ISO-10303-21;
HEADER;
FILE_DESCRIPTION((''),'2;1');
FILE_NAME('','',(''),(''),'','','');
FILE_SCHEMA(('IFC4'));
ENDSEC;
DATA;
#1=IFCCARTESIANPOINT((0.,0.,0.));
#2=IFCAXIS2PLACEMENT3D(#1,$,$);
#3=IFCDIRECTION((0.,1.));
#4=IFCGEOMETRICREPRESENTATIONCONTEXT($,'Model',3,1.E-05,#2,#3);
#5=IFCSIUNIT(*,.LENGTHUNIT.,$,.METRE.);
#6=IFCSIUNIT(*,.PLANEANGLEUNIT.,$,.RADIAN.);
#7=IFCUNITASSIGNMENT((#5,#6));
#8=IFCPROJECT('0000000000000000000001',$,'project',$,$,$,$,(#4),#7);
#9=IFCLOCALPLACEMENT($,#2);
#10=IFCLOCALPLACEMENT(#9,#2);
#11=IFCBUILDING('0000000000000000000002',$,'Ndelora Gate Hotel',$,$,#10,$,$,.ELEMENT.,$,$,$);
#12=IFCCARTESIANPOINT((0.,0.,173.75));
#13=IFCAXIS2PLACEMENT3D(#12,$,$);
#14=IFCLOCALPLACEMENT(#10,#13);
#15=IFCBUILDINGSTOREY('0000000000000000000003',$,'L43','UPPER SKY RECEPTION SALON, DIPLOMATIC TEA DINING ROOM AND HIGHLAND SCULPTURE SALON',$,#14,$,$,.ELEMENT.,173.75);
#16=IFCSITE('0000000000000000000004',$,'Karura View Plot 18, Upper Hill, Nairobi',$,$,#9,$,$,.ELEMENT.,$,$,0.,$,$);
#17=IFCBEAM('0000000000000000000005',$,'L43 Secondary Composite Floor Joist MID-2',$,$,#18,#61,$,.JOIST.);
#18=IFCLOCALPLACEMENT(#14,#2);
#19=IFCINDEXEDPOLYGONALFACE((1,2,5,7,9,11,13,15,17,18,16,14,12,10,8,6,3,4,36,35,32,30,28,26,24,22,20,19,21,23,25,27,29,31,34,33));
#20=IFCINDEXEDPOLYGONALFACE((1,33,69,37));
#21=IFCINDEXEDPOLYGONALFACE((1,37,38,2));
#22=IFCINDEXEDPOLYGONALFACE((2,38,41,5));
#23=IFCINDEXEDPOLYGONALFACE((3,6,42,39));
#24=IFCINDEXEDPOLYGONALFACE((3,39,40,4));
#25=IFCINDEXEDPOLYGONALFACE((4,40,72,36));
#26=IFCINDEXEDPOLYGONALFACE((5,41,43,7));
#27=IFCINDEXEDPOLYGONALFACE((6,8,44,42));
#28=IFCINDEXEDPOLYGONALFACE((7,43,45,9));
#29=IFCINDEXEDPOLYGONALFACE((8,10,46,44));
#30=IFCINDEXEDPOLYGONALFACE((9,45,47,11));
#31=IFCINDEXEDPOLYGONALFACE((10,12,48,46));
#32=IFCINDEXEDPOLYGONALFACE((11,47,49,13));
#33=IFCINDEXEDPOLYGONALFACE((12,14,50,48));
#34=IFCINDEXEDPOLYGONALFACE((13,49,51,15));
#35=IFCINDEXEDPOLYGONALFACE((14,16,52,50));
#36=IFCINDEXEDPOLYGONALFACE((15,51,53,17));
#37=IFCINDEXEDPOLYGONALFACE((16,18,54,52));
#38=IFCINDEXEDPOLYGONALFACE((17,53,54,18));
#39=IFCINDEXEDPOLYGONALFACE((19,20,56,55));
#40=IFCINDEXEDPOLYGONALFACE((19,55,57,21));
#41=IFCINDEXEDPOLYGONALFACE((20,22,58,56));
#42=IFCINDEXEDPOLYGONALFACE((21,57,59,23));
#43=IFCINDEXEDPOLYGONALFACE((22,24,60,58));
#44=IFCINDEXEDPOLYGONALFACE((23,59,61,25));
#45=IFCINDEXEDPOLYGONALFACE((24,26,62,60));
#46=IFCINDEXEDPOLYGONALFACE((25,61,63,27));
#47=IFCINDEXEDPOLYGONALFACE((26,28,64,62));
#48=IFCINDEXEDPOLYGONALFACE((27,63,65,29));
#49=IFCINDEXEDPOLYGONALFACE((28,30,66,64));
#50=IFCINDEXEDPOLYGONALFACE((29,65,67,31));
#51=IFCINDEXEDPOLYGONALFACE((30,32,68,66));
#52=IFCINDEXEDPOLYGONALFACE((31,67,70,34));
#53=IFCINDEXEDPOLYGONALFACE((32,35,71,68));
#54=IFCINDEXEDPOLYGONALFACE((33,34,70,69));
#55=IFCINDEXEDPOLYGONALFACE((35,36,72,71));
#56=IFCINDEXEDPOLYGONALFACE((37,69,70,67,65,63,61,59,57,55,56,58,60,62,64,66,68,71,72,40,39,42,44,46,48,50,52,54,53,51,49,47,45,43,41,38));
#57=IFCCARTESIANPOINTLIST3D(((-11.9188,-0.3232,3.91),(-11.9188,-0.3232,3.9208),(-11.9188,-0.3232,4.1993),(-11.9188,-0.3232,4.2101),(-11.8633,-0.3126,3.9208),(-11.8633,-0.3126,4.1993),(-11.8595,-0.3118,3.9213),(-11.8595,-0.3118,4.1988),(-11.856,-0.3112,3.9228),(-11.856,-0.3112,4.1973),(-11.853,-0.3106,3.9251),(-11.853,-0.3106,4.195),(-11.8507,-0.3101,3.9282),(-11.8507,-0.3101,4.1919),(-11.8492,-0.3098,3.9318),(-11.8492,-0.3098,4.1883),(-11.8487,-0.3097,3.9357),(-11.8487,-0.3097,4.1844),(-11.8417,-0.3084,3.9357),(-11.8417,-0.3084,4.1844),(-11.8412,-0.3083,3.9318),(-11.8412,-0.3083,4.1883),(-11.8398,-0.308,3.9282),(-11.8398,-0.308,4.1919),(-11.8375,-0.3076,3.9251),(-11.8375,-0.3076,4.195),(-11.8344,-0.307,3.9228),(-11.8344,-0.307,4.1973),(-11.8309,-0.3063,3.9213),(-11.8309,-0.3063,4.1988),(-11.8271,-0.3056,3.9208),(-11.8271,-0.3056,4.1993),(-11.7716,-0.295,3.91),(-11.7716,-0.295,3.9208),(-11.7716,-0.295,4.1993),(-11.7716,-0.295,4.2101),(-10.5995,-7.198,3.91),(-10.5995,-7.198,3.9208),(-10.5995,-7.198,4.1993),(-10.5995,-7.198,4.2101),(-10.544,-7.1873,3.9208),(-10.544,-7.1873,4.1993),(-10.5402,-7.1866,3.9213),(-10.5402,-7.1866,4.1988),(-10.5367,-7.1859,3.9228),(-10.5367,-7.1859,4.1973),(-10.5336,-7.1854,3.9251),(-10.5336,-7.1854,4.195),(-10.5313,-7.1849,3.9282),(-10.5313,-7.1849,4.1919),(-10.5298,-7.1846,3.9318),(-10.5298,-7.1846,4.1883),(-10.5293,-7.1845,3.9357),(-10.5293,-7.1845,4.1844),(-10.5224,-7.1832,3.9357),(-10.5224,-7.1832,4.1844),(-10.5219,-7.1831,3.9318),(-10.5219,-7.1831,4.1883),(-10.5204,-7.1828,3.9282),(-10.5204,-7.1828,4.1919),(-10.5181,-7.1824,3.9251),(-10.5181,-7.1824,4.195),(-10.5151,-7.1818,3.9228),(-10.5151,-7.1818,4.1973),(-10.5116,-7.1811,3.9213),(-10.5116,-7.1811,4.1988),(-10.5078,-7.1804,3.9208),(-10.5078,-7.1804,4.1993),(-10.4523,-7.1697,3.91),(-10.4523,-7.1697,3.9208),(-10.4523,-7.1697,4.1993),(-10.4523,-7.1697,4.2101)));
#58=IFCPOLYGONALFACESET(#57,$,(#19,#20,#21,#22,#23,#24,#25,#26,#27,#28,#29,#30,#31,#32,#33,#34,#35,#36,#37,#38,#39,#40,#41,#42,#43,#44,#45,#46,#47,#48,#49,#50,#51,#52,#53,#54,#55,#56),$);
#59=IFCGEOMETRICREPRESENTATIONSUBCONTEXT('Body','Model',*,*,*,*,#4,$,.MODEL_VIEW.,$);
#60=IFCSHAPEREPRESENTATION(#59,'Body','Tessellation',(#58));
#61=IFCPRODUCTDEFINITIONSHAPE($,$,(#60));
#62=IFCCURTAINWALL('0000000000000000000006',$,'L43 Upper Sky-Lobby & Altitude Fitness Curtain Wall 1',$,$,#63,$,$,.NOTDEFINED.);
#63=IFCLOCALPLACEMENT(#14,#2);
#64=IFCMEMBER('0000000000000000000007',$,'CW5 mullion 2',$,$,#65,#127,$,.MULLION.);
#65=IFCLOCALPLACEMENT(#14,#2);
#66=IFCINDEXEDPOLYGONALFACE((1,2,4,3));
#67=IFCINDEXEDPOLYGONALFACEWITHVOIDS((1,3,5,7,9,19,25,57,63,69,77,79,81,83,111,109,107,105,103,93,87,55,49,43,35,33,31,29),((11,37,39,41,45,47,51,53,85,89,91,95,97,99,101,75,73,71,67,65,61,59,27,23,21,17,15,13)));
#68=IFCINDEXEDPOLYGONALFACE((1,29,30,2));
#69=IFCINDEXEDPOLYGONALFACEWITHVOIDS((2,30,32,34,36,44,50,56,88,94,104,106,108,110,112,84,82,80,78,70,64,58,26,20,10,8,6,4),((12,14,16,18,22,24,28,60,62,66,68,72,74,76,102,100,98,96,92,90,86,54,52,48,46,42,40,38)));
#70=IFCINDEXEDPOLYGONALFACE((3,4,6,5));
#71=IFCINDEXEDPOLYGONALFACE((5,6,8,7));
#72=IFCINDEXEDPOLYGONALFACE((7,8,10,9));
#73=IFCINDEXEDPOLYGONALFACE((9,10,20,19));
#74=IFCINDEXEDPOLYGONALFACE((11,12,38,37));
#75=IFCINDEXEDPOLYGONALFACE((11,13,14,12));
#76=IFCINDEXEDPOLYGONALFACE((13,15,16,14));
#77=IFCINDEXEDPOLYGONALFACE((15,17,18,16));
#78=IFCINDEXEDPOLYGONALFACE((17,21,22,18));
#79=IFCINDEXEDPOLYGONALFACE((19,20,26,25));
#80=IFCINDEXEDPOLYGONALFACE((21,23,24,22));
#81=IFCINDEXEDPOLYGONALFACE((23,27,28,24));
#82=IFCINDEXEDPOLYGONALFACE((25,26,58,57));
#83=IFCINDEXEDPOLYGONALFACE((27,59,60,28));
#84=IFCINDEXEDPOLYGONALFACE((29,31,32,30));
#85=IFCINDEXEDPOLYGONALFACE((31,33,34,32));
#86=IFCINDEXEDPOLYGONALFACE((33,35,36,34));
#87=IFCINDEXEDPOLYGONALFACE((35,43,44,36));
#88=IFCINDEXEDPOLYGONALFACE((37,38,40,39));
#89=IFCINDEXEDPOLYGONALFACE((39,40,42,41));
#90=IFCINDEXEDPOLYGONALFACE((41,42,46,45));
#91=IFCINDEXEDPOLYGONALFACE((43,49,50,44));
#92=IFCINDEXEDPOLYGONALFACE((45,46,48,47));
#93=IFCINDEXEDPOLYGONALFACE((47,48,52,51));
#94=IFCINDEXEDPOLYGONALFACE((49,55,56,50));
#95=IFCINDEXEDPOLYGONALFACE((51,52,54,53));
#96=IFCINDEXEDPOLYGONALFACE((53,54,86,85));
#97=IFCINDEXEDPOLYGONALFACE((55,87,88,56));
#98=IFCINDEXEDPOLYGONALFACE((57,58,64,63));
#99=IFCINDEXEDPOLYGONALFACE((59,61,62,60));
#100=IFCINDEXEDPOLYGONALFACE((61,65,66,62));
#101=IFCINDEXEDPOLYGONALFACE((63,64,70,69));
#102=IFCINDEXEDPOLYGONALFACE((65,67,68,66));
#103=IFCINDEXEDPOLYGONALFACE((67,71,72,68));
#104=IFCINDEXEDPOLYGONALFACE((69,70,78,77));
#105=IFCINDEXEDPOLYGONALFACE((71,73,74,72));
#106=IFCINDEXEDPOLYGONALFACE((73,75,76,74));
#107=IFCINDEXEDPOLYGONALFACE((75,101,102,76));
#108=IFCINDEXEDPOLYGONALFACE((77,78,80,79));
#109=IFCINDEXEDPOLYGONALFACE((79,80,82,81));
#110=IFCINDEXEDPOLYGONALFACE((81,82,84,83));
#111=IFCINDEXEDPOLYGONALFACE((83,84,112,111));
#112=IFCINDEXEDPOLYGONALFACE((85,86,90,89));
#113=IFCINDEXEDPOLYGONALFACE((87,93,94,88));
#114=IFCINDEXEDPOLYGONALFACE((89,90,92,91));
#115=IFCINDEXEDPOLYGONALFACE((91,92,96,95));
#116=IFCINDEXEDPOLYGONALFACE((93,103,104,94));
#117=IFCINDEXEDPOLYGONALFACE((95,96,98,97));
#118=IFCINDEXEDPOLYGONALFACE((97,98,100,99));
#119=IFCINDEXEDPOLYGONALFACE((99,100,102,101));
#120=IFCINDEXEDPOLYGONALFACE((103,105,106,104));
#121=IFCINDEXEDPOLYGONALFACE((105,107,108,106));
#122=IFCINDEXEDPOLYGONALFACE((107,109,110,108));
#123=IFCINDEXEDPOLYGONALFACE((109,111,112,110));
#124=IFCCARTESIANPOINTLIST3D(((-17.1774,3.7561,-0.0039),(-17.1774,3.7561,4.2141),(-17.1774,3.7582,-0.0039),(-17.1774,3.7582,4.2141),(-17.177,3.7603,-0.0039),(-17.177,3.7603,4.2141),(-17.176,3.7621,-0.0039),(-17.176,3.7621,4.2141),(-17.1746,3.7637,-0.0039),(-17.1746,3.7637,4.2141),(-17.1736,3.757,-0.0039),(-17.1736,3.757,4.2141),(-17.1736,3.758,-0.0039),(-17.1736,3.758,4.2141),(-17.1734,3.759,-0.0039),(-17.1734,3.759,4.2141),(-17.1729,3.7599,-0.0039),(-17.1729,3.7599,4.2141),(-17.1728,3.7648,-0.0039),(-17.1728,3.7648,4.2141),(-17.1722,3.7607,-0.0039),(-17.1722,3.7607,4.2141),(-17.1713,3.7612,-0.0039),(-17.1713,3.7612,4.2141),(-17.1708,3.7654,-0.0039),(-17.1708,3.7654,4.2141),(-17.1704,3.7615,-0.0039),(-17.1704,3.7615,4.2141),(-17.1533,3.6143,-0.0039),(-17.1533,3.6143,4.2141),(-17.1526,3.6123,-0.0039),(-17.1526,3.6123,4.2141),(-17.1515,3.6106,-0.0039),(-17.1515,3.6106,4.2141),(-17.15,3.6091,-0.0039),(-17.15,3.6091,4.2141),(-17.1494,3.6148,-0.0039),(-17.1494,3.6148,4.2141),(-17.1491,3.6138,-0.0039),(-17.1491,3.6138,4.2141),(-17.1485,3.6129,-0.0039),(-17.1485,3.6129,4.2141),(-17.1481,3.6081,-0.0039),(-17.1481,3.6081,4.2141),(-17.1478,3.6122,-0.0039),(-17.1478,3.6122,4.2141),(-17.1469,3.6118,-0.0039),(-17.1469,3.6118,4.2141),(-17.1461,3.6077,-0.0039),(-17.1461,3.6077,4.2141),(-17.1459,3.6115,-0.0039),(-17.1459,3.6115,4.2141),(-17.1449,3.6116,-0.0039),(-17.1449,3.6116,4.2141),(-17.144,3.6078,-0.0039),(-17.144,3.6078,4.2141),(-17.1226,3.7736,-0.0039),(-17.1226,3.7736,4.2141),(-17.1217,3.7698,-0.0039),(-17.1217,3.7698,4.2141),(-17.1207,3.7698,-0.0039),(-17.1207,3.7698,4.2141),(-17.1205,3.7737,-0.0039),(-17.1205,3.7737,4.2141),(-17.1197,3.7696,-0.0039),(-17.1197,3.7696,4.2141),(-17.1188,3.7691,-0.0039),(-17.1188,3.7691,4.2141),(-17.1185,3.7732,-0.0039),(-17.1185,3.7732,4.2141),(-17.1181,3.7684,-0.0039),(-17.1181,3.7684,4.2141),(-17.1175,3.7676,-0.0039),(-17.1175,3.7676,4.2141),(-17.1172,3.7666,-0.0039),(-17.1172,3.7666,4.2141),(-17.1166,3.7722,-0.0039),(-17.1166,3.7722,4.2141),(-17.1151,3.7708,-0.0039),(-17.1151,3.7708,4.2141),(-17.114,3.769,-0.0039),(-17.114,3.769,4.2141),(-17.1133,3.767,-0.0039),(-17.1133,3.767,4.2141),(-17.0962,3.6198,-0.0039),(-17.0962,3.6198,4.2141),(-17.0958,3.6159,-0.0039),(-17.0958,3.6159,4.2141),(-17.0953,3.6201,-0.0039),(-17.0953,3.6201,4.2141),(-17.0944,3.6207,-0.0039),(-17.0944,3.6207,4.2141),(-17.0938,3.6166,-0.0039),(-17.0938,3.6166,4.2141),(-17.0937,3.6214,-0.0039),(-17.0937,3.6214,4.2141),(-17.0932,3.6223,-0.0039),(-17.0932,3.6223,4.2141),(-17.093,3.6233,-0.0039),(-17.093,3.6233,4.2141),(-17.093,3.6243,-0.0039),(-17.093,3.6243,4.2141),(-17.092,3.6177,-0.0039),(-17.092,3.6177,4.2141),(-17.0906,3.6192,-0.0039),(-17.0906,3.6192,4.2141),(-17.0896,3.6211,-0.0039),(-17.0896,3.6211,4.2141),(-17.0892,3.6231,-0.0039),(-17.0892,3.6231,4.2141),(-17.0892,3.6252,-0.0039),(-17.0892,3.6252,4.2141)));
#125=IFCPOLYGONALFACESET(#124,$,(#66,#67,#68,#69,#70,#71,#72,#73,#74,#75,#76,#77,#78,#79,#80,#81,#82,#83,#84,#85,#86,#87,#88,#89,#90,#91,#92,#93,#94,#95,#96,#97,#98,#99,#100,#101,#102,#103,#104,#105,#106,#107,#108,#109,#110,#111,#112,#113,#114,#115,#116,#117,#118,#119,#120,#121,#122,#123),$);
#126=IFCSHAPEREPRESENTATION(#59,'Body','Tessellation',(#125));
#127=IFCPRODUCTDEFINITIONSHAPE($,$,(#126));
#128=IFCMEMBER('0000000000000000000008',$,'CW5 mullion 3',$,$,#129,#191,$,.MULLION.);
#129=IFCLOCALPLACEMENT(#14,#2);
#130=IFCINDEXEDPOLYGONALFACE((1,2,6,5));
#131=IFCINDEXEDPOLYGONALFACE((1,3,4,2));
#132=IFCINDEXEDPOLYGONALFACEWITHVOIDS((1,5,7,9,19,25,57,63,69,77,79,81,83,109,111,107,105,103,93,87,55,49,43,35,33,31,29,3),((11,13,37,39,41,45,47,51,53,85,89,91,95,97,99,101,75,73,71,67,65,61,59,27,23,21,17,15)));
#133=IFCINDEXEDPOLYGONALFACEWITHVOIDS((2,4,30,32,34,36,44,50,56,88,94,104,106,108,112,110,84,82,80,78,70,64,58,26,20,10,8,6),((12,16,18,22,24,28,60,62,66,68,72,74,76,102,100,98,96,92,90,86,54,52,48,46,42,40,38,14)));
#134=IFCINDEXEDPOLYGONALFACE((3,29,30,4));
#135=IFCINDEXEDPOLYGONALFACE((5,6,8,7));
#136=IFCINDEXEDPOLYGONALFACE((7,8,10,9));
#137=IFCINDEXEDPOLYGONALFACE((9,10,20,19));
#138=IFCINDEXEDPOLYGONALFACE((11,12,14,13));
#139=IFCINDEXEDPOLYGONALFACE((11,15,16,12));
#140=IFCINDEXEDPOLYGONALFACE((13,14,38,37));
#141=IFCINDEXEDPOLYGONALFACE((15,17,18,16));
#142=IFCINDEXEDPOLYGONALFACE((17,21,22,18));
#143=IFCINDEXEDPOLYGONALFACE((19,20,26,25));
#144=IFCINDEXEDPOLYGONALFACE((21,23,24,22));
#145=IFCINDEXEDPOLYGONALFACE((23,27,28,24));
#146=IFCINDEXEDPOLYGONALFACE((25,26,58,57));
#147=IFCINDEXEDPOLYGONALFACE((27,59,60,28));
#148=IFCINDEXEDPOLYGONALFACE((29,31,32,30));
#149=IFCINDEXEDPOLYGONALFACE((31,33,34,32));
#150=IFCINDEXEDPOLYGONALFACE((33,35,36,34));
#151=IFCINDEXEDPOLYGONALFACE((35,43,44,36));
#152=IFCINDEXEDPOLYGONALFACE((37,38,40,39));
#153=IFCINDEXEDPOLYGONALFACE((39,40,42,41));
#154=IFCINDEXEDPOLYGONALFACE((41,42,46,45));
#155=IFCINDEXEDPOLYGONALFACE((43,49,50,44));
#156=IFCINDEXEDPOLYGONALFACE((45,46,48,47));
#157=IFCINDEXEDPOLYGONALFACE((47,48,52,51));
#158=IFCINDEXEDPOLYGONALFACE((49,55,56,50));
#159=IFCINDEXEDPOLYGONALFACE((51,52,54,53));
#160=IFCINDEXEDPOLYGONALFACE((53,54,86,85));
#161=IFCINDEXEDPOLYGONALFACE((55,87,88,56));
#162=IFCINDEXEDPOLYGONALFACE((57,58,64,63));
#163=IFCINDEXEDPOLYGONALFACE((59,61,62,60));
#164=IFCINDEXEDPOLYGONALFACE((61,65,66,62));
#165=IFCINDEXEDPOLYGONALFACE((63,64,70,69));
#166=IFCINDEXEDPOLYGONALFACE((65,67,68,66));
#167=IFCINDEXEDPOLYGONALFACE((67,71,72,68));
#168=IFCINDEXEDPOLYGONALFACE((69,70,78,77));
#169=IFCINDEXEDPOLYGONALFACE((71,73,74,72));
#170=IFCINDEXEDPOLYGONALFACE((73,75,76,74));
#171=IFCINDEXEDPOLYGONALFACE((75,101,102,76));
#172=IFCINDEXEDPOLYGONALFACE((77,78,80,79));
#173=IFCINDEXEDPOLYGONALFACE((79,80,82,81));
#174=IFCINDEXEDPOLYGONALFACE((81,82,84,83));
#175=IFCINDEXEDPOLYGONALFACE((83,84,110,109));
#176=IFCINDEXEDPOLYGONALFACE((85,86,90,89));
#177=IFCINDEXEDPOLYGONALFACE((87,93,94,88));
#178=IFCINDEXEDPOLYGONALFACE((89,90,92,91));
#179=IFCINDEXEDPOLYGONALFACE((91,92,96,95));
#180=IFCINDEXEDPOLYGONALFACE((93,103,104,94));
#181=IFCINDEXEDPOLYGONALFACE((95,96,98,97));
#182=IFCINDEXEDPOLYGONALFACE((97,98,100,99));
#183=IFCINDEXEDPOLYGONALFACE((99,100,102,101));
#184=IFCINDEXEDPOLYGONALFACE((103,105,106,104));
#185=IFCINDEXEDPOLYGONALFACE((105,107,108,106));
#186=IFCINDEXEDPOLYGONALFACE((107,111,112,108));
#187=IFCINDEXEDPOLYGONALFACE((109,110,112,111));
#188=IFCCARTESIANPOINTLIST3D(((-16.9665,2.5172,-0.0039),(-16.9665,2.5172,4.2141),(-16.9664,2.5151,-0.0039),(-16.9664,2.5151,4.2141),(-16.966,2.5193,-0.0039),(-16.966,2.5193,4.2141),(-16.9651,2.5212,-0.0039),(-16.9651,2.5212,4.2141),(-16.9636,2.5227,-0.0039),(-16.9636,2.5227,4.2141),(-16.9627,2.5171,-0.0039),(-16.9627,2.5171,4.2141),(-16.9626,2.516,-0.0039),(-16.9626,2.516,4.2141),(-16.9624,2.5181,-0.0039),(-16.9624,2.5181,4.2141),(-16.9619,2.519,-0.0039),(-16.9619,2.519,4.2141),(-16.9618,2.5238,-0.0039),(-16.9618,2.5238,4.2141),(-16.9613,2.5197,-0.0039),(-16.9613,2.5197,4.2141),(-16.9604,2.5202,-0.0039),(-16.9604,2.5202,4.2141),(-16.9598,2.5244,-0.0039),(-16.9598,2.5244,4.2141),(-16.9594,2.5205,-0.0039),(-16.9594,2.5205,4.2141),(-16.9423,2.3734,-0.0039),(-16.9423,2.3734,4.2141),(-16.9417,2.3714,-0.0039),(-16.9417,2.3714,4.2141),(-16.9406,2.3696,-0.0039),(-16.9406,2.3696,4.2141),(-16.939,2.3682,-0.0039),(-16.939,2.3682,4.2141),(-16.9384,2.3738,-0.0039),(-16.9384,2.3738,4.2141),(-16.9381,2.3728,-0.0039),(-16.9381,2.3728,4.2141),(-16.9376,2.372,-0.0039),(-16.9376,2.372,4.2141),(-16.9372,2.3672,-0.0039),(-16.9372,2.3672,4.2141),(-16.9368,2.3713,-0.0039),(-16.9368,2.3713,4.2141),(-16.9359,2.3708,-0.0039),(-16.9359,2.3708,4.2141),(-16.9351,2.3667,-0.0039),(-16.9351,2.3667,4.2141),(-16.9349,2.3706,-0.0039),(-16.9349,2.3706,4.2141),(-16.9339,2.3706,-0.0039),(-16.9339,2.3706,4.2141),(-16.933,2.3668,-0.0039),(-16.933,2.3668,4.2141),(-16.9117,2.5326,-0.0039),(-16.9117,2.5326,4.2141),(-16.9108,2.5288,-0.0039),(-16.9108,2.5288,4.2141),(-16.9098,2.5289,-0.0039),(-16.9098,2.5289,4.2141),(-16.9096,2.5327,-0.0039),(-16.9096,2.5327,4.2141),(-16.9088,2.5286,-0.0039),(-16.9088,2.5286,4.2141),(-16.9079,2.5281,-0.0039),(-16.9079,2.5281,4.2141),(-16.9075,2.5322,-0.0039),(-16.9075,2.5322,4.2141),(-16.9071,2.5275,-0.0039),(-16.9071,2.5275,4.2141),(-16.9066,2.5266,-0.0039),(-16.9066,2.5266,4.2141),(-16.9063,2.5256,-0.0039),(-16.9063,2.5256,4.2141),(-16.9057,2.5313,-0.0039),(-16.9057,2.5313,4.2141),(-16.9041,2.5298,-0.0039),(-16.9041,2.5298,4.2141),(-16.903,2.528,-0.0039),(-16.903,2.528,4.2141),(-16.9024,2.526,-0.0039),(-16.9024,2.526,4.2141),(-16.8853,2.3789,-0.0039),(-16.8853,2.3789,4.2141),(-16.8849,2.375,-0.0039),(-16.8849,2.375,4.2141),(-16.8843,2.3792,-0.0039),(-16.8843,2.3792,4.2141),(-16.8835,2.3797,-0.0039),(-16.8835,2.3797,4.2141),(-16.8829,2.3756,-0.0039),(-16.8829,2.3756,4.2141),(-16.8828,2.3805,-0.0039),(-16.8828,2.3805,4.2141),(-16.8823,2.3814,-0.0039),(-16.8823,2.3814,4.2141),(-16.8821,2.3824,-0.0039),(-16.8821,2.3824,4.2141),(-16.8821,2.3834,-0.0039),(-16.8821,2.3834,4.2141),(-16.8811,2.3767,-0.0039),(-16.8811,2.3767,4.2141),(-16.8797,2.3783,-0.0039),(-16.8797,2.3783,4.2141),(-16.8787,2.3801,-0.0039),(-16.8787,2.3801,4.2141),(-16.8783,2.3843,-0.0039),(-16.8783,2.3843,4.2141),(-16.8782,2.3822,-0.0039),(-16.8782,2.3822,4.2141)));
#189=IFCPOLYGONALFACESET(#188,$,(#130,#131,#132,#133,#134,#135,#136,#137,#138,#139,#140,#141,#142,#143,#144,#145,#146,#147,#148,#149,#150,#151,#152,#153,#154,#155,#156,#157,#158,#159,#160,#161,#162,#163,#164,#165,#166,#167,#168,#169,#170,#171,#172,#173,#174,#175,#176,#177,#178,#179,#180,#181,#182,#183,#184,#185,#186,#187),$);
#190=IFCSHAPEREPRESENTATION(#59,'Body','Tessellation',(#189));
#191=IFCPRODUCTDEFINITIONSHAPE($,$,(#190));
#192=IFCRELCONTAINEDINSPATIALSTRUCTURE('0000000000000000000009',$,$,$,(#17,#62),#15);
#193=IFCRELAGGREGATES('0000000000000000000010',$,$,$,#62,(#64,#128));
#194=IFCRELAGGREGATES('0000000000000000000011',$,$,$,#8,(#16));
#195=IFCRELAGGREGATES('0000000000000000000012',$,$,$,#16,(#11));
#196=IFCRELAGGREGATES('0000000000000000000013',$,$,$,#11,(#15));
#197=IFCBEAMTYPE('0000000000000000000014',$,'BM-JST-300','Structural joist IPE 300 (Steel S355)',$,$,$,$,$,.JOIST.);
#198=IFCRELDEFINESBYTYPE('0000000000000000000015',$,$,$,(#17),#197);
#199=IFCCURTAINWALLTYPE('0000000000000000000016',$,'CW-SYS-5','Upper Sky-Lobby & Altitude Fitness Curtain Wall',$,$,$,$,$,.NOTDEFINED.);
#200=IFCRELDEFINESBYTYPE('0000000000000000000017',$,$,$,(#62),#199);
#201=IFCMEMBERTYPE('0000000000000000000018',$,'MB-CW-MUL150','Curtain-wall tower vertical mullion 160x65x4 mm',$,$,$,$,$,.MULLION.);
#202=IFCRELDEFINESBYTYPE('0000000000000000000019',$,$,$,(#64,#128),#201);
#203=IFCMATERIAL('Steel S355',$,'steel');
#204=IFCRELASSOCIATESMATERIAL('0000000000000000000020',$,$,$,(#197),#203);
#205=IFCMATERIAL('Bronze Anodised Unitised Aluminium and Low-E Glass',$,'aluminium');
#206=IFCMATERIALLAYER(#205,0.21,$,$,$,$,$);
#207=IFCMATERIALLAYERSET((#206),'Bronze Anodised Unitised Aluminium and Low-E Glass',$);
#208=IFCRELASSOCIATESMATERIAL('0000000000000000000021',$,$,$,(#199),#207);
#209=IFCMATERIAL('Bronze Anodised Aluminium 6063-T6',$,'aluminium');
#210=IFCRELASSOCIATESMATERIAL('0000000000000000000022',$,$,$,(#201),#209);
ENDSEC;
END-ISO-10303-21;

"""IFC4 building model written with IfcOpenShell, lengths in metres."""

from ifc_helpers import new_model, si_unit, direction, frame, origin, origin_2d, place, context, subcontext, project, spatial, hollow_rectangle, i_section, extrude, material, layer, layer_set, material_profile, profile_set, type_object, element, aggregate, save


model = new_model("IFC4")

# Units and contexts
model_context = context("Model", 3, precision=1e-05, world=origin(), true_north=direction((0.0, 1.0)))
body_context = subcontext(model_context, "Body", "Model", "MODEL_VIEW")
ifc_project = project(units=[si_unit("LENGTHUNIT", "METRE"), si_unit("PLANEANGLEUNIT", "RADIAN")], contexts=[model_context])

# Site, building, storey
site_placement = place(None, origin())
site = spatial("IfcSite", under=ifc_project, at=site_placement, Name="Karura View Plot 18, Upper Hill, Nairobi", CompositionType="ELEMENT", RefElevation=0.0)
building_placement = place(site_placement, origin())
building = spatial("IfcBuilding", under=site, at=building_placement, Name="Ndelora Gate Hotel", CompositionType="ELEMENT")
storey_placement = place(building_placement, frame((0.0, 0.0, 173.75)))
storey = spatial("IfcBuildingStorey", under=building, at=storey_placement, Name="L43", Description="UPPER SKY RECEPTION SALON, DIPLOMATIC TEA DINING ROOM AND HIGHLAND SCULPTURE SALON", CompositionType="ELEMENT", Elevation=173.75)

# Beam
ifc_material_1 = material(Name="Steel S355", Category="steel")
ifc_material_profile_1 = material_profile(ifc_material_1, i_section(OverallWidth=0.1499, OverallDepth=0.3, WebThickness=0.0071, FlangeThickness=0.0107, FilletRadius=0.0149, at=origin_2d()), Name="IPE 300")
ifc_profile_set_1 = profile_set([ifc_material_profile_1], Name="Steel S355")
beam_type = type_object("IfcBeamType", Name="BM-JST-300", Description="Structural joist IPE 300 (Steel S355)", PredefinedType="JOIST", material=ifc_profile_set_1)
beam_placement = place(storey_placement, frame((-11.8452, -0.3091, 4.0601), z_axis=(0.188471, -0.982079, 0.0), x_axis=(0.982079, 0.188471, 0.0)))
element("IfcBeam", 1, at=beam_placement, inside=storey, type_object=beam_type, Name="L43 Secondary Composite Floor Joist MID-2", PredefinedType="JOIST", context=body_context, shape_type="SweptSolid", body=[
    extrude(i_section(OverallWidth=0.1499, OverallDepth=0.3, WebThickness=0.0071, FlangeThickness=0.0107, FilletRadius=0.0149, at=origin_2d()), origin(), (0.0, 0.0, 1.0), 7.0002),
])

# Curtain wall, members
ifc_material_2 = material(Name="Bronze Anodised Unitised Aluminium and Low-E Glass", Category="aluminium")
ifc_layer_1 = layer(ifc_material_2, 0.21)
ifc_layer_set_1 = layer_set([ifc_layer_1], Name="Bronze Anodised Unitised Aluminium and Low-E Glass")
curtain_wall_type = type_object("IfcCurtainWallType", Name="CW-SYS-5", Description="Upper Sky-Lobby & Altitude Fitness Curtain Wall", PredefinedType="NOTDEFINED", material=ifc_layer_set_1)
curtain_wall_placement = place(storey_placement, origin())
curtain_wall = element("IfcCurtainWall", 2, at=curtain_wall_placement, inside=storey, type_object=curtain_wall_type, Name="L43 Upper Sky-Lobby & Altitude Fitness Curtain Wall 1", PredefinedType="NOTDEFINED")
ifc_material_3 = material(Name="Bronze Anodised Aluminium 6063-T6", Category="aluminium")
ifc_material_profile_2 = material_profile(ifc_material_3, hollow_rectangle(XDim=0.0649, YDim=0.1599, WallThickness=0.0039, InnerFilletRadius=0.0039, OuterFilletRadius=0.0081, at=origin_2d()), Name="ALU 160x65x4")
ifc_profile_set_2 = profile_set([ifc_material_profile_2], Name="Bronze Anodised Aluminium 6063-T6")
member_type_1 = type_object("IfcMemberType", Name="MB-CW-MUL150", Description="Curtain-wall tower vertical mullion 160x65x4 mm", PredefinedType="MULLION", material=ifc_profile_set_2)
member_1_placement = place(storey_placement, frame((-17.1333, 3.6907, -0.0039), z_axis=(0.0, 0.0, 1.0), x_axis=(0.985857, 0.167588, 0.0)))
member_1 = element("IfcMember", 3, at=member_1_placement, type_object=member_type_1, Name="CW5 mullion 2", PredefinedType="MULLION", context=body_context, shape_type="SweptSolid", body=[
    extrude(hollow_rectangle(XDim=0.0649, YDim=0.1599, WallThickness=0.0039, InnerFilletRadius=0.0039, OuterFilletRadius=0.0081, at=origin_2d()), origin(), (0.0, 0.0, 1.0), 4.218),
])
member_2_placement = place(storey_placement, frame((-16.9224, 2.4497, -0.0039), z_axis=(0.0, 0.0, 1.0), x_axis=(0.985857, 0.167588, 0.0)))
member_2 = element("IfcMember", 4, at=member_2_placement, type_object=member_type_1, Name="CW5 mullion 3", PredefinedType="MULLION", context=body_context, shape_type="SweptSolid", body=[
    extrude(hollow_rectangle(XDim=0.0649, YDim=0.1599, WallThickness=0.0039, InnerFilletRadius=0.0039, OuterFilletRadius=0.0081, at=origin_2d()), origin(), (0.0, 0.0, 1.0), 4.218),
])
aggregate(curtain_wall, [member_1, member_2])

save(model, "model.ifc")
